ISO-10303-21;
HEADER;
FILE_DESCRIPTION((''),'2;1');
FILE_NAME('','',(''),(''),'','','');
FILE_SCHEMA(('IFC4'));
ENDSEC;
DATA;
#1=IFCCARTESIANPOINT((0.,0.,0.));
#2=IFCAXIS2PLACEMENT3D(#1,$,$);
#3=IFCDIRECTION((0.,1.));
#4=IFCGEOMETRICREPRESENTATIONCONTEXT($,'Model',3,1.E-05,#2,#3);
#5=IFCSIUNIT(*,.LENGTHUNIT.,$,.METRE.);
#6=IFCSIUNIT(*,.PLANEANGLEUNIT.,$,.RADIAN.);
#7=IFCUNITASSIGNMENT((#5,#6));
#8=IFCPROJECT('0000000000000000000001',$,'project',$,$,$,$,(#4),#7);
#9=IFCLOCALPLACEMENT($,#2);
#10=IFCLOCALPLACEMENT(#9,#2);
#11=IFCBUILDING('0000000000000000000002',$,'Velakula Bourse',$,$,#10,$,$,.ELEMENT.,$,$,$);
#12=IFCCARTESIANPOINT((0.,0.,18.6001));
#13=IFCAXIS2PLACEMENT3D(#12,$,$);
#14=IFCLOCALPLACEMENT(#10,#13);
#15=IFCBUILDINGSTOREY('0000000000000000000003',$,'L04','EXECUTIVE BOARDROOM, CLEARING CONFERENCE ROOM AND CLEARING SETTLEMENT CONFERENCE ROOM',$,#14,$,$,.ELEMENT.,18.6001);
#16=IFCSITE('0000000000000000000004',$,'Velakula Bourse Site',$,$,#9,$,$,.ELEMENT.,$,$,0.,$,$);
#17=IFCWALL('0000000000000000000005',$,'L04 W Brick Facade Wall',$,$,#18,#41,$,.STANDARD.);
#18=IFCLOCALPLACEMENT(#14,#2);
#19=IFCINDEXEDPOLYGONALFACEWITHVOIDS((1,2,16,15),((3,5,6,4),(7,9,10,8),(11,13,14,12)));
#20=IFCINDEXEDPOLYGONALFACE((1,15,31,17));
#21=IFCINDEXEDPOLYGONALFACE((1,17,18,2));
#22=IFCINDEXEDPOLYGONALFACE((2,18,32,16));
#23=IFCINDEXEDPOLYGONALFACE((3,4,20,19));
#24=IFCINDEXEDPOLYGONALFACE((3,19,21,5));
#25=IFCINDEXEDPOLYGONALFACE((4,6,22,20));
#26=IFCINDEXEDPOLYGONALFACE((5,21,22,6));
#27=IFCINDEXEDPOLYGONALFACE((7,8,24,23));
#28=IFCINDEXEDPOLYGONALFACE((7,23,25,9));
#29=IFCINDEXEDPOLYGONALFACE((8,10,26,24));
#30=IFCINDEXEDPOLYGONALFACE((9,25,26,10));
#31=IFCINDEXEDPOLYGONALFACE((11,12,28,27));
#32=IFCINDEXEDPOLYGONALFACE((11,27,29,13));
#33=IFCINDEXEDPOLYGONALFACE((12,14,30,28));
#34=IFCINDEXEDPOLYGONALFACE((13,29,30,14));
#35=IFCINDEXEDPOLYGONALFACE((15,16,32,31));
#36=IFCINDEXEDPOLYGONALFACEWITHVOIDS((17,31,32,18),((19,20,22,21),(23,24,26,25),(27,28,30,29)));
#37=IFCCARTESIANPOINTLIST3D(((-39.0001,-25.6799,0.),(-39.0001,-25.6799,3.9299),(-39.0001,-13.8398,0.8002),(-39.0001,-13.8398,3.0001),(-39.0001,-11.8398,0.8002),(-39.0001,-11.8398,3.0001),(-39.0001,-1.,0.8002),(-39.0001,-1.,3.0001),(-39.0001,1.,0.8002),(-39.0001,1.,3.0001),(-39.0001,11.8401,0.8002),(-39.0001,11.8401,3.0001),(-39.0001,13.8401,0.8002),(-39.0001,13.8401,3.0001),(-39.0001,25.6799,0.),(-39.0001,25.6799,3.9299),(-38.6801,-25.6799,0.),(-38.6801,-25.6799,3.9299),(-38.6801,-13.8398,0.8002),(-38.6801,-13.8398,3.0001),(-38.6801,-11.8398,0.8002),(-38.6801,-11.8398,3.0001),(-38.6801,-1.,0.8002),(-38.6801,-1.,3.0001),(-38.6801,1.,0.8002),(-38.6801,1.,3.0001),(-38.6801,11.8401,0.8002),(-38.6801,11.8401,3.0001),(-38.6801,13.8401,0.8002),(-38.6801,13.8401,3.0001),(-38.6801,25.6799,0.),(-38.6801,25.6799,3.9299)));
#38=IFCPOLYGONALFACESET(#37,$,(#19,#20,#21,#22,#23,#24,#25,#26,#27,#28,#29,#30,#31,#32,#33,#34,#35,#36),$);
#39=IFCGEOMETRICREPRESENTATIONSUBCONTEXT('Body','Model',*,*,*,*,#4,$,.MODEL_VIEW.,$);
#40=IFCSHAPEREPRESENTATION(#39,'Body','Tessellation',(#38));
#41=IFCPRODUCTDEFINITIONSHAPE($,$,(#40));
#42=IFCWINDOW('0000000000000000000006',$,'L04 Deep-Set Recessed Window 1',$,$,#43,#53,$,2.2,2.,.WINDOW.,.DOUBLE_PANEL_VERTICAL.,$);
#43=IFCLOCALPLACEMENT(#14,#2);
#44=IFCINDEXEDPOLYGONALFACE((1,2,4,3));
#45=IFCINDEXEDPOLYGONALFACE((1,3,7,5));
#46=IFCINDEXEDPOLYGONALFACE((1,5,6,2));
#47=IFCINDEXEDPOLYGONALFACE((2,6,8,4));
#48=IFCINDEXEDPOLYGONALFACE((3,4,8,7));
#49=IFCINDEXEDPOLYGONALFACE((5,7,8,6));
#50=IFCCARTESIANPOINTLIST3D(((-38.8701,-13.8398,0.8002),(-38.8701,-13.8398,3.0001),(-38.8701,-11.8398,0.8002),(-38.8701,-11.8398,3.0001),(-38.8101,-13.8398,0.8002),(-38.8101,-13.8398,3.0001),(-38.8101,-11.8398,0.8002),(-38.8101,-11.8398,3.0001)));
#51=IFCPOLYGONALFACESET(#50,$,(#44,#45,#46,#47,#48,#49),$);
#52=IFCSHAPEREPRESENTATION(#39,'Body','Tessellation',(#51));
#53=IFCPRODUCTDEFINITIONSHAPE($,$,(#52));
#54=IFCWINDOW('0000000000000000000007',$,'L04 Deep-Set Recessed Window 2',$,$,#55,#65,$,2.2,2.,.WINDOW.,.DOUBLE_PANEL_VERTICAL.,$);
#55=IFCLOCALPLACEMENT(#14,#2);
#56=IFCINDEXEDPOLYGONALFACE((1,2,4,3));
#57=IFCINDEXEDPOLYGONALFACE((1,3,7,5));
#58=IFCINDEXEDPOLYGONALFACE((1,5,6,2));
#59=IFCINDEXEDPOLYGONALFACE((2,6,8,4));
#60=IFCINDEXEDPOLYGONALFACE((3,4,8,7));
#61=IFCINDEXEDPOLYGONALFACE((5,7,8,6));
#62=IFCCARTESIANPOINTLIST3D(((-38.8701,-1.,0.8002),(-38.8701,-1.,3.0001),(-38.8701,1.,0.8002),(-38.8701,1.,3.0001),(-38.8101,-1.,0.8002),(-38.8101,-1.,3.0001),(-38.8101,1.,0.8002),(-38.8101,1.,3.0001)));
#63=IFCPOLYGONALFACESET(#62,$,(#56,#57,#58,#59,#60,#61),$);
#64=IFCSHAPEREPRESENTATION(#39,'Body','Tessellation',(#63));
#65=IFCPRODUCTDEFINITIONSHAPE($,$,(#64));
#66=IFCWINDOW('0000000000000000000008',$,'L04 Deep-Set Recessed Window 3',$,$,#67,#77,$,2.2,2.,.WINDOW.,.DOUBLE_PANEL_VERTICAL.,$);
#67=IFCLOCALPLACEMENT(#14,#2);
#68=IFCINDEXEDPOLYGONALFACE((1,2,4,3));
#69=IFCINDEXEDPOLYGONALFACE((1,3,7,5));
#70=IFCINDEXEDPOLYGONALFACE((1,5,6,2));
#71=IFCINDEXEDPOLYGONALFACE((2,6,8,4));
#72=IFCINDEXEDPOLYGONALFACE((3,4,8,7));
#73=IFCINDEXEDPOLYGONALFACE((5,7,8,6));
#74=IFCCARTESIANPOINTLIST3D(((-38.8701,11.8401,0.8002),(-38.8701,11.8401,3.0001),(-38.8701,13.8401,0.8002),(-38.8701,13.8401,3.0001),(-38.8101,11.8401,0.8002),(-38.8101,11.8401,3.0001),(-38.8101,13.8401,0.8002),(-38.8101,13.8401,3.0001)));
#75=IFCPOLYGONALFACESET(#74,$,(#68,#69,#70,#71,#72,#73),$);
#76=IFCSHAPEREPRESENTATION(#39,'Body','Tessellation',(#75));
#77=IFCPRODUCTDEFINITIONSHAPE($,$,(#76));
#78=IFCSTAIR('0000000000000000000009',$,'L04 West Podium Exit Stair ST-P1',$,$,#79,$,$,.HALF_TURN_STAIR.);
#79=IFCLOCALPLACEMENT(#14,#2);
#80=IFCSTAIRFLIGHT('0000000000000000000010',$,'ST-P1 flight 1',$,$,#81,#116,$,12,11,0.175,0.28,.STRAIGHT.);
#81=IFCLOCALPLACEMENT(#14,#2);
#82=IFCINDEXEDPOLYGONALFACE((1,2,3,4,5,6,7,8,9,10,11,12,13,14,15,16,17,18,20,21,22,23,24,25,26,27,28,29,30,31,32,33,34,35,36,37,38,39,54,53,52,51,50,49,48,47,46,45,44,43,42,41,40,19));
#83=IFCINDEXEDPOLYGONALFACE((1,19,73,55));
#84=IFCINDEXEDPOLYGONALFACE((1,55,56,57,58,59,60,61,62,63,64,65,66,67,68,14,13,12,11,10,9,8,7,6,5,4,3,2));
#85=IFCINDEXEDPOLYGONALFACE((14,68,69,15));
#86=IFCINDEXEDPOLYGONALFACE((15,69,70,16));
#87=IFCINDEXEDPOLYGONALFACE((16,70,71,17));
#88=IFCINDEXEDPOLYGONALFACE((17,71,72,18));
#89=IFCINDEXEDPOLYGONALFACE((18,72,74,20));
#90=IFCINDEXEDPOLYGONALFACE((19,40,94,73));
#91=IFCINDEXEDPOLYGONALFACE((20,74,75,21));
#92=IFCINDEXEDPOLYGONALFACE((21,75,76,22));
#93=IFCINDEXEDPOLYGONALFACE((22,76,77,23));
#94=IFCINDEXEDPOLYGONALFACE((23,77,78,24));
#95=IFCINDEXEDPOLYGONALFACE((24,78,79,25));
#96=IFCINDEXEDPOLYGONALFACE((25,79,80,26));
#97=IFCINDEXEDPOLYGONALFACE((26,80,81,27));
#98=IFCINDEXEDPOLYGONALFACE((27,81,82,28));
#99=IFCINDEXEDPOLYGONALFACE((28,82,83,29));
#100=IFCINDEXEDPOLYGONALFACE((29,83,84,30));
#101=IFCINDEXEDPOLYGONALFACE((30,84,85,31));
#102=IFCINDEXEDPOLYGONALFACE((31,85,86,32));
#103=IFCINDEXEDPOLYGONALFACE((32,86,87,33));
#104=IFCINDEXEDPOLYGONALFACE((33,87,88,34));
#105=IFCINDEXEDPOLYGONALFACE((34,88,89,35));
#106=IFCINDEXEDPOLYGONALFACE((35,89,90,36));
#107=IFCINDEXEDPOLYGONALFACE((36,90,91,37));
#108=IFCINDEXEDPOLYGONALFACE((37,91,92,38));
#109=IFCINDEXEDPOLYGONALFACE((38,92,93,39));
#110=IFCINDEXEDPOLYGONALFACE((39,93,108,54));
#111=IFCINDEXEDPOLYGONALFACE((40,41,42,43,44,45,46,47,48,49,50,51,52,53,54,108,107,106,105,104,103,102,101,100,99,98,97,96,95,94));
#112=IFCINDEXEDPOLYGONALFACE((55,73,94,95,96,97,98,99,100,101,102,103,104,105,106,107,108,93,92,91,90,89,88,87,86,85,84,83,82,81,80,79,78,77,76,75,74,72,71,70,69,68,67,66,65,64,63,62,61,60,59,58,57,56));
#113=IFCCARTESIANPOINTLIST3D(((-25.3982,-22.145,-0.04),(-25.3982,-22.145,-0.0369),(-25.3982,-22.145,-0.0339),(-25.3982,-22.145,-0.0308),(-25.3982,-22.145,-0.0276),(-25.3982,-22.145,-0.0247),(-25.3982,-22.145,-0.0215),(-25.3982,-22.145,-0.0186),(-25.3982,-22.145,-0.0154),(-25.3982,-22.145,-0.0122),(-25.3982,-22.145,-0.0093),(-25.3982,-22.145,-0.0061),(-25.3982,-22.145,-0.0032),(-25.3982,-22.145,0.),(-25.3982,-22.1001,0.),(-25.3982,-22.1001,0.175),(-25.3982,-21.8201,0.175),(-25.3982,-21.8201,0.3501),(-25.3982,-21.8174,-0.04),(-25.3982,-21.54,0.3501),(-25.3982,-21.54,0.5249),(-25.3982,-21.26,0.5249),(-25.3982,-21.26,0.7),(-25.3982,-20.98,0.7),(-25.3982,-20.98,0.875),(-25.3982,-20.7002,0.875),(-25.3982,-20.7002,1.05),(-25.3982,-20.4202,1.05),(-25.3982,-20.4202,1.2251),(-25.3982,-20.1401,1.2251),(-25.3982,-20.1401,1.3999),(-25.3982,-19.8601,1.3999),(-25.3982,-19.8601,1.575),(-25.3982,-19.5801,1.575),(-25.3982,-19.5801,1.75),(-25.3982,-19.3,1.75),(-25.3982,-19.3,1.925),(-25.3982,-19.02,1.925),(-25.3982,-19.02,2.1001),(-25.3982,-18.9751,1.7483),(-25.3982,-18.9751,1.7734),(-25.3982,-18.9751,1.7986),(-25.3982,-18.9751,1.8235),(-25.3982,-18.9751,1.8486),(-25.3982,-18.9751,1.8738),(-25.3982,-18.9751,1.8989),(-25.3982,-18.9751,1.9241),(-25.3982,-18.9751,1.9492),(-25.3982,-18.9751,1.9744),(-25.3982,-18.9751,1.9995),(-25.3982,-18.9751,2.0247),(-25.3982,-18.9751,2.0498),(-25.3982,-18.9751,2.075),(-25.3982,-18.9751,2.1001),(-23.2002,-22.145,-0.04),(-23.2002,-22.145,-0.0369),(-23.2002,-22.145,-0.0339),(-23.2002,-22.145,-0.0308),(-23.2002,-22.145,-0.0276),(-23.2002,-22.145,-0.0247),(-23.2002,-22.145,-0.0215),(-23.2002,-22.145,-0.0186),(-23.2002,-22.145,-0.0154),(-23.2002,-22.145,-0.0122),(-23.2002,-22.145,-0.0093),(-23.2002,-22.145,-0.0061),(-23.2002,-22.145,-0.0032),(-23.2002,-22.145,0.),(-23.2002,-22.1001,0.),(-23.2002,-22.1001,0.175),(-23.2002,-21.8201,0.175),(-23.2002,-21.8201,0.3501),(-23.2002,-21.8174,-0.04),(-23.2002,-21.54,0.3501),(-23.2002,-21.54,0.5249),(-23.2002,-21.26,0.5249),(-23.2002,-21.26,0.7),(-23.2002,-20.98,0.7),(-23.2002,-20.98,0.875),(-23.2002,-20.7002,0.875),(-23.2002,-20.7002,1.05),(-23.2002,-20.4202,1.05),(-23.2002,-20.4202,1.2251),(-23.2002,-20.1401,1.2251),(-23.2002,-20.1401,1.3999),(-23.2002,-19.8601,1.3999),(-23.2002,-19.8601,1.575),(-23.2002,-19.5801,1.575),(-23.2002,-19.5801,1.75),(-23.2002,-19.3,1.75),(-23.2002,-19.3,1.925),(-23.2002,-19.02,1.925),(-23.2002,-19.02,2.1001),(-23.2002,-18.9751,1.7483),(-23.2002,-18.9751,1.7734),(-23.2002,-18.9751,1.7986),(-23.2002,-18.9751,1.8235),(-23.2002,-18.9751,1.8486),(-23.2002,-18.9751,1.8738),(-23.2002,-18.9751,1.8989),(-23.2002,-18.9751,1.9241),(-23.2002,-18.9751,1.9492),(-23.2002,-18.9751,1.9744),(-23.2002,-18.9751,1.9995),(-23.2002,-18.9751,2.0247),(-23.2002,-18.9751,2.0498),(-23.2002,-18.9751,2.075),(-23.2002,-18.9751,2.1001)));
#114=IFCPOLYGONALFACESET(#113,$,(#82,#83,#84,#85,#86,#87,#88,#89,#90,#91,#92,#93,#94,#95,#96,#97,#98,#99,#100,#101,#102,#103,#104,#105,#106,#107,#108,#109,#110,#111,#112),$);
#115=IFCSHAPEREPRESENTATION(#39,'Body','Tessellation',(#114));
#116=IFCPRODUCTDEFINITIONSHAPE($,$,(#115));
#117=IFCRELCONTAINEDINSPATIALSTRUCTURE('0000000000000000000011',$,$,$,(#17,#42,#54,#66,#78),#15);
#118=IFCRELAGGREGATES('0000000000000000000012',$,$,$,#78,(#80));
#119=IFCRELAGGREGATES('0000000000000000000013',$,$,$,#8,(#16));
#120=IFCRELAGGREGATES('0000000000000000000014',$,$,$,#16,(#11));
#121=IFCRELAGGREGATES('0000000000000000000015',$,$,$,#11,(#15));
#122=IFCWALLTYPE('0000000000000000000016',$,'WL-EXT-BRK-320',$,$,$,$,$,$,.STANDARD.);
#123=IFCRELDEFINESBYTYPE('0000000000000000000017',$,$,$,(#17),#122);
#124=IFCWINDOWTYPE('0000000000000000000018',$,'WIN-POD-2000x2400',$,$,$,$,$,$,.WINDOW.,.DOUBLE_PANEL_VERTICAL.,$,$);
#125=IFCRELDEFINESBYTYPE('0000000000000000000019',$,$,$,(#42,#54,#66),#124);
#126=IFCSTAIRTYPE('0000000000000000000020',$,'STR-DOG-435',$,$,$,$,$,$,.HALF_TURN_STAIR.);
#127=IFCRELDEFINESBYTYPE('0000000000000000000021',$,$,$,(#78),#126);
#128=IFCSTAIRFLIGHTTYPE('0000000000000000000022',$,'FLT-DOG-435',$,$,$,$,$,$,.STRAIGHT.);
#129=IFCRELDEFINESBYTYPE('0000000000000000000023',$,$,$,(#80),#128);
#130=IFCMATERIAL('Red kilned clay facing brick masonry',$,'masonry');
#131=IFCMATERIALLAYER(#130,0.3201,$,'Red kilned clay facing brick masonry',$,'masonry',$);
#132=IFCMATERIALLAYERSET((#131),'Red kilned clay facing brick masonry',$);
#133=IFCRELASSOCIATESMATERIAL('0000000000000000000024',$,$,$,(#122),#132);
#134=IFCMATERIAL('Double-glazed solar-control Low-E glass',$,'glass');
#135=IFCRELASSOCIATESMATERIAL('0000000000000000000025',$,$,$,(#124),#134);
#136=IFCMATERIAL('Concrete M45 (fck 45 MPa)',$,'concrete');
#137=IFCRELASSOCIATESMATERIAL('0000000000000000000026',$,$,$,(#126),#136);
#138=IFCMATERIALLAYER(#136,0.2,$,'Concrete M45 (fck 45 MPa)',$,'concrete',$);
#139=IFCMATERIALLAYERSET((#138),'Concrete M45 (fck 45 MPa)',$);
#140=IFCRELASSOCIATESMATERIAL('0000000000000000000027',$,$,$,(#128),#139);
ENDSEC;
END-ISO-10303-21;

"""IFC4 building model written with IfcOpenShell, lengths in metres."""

from ifc_helpers import new_model, si_unit, direction, frame, frame_2d, origin, place, context, subcontext, project, spatial, polyline, rectangle, outline, extrude, material, layer, layer_set, type_object, element, fill, aggregate, save


model = new_model("IFC4")

# Units and contexts
model_context = context("Model", 3, precision=1e-05, world=origin(), true_north=direction((0.0, 1.0)))
body_context = subcontext(model_context, "Body", "Model", "MODEL_VIEW")
ifc_project = project(units=[si_unit("LENGTHUNIT", "METRE"), si_unit("PLANEANGLEUNIT", "RADIAN")], contexts=[model_context])

# Site, building, storey
site_placement = place(None, origin())
site = spatial("IfcSite", under=ifc_project, at=site_placement, Name="Velakula Bourse Site", CompositionType="ELEMENT", RefElevation=0.0)
building_placement = place(site_placement, origin())
building = spatial("IfcBuilding", under=site, at=building_placement, Name="Velakula Bourse", CompositionType="ELEMENT")
storey_placement = place(building_placement, frame((0.0, 0.0, 18.6001)))
storey = spatial("IfcBuildingStorey", under=building, at=storey_placement, Name="L04", Description="EXECUTIVE BOARDROOM, CLEARING CONFERENCE ROOM AND CLEARING SETTLEMENT CONFERENCE ROOM", CompositionType="ELEMENT", Elevation=18.6001)

# Wall, openings, windows
ifc_material_1 = material(Name="Red kilned clay facing brick masonry", Category="masonry")
ifc_layer_1 = layer(ifc_material_1, 0.3201, Name="Red kilned clay facing brick masonry", Category="masonry")
ifc_layer_set_1 = layer_set([ifc_layer_1], Name="Red kilned clay facing brick masonry")
wall_type_1 = type_object("IfcWallType", Name="WL-EXT-BRK-320", PredefinedType="STANDARD", material=ifc_layer_set_1)
wall_1_placement = place(storey_placement, frame((-38.8401, -25.6799, 0.0), z_axis=(0.0, 0.0, 1.0), x_axis=(0.0, 1.0, 0.0)))
wall_1 = element("IfcWall", 1, at=wall_1_placement, inside=storey, type_object=wall_type_1, Name="L04 W Brick Facade Wall", PredefinedType="STANDARD", context=body_context, shape_type="SweptSolid", body=[
    extrude(rectangle(XDim=51.3599, YDim=0.3201, at=frame_2d((25.6799, 0.0))), origin(), (0.0, 0.0, 1.0), 3.9299),
])
opening_1_placement = place(wall_1_placement, frame((11.8401, 0.0, 0.8)))
opening_1 = element("IfcOpeningElement", 2, at=opening_1_placement, cuts=wall_1, PredefinedType="OPENING", context=body_context, shape_type="SweptSolid", body=[
    extrude(rectangle(XDim=2.0, YDim=2.2, at=frame_2d((1.0, 1.1001))), frame((0.0, 0.1699, 0.0), z_axis=(0.0, -1.0, 0.0), x_axis=(1.0, 0.0, 0.0)), (0.0, 0.0, 1.0), 0.3401),
])
opening_2_placement = place(wall_1_placement, frame((24.6799, 0.0, 0.8)))
opening_2 = element("IfcOpeningElement", 3, at=opening_2_placement, cuts=wall_1, PredefinedType="OPENING", context=body_context, shape_type="SweptSolid", body=[
    extrude(rectangle(XDim=2.0, YDim=2.2, at=frame_2d((1.0, 1.1001))), frame((0.0, 0.1699, 0.0), z_axis=(0.0, -1.0, 0.0), x_axis=(1.0, 0.0, 0.0)), (0.0, 0.0, 1.0), 0.3401),
])
opening_3_placement = place(wall_1_placement, frame((37.52, 0.0, 0.8)))
opening_3 = element("IfcOpeningElement", 4, at=opening_3_placement, cuts=wall_1, PredefinedType="OPENING", context=body_context, shape_type="SweptSolid", body=[
    extrude(rectangle(XDim=2.0, YDim=2.2, at=frame_2d((1.0, 1.1001))), frame((0.0, 0.1699, 0.0), z_axis=(0.0, -1.0, 0.0), x_axis=(1.0, 0.0, 0.0)), (0.0, 0.0, 1.0), 0.3401),
])
ifc_material_2 = material(Name="Double-glazed solar-control Low-E glass", Category="glass")
window_type = type_object("IfcWindowType", Name="WIN-POD-2000x2400", PartitioningType="DOUBLE_PANEL_VERTICAL", PredefinedType="WINDOW", material=ifc_material_2)
window_1_placement = place(opening_1_placement, origin())
window_1 = element("IfcWindow", 5, at=window_1_placement, inside=storey, type_object=window_type, Name="L04 Deep-Set Recessed Window 1", OverallHeight=2.2, OverallWidth=2.0, PartitioningType="DOUBLE_PANEL_VERTICAL", PredefinedType="WINDOW", context=body_context, shape_type="SweptSolid", body=[
    extrude(rectangle(XDim=2.0, YDim=2.2, at=frame_2d((1.0, 1.1001))), frame((0.0, 0.03, 0.0), z_axis=(0.0, -1.0, 0.0), x_axis=(1.0, 0.0, 0.0)), (0.0, 0.0, 1.0), 0.0601),
])
fill(opening_1, window_1)
window_2_placement = place(opening_2_placement, origin())
window_2 = element("IfcWindow", 6, at=window_2_placement, inside=storey, type_object=window_type, Name="L04 Deep-Set Recessed Window 2", OverallHeight=2.2, OverallWidth=2.0, PartitioningType="DOUBLE_PANEL_VERTICAL", PredefinedType="WINDOW", context=body_context, shape_type="SweptSolid", body=[
    extrude(rectangle(XDim=2.0, YDim=2.2, at=frame_2d((1.0, 1.1001))), frame((0.0, 0.03, 0.0), z_axis=(0.0, -1.0, 0.0), x_axis=(1.0, 0.0, 0.0)), (0.0, 0.0, 1.0), 0.0601),
])
fill(opening_2, window_2)
window_3_placement = place(opening_3_placement, origin())
window_3 = element("IfcWindow", 7, at=window_3_placement, inside=storey, type_object=window_type, Name="L04 Deep-Set Recessed Window 3", OverallHeight=2.2, OverallWidth=2.0, PartitioningType="DOUBLE_PANEL_VERTICAL", PredefinedType="WINDOW", context=body_context, shape_type="SweptSolid", body=[
    extrude(rectangle(XDim=2.0, YDim=2.2, at=frame_2d((1.0, 1.1001))), frame((0.0, 0.03, 0.0), z_axis=(0.0, -1.0, 0.0), x_axis=(1.0, 0.0, 0.0)), (0.0, 0.0, 1.0), 0.0601),
])
fill(opening_3, window_3)

# Stair, stair flight
ifc_material_3 = material(Name="Concrete M45 (fck 45 MPa)", Category="concrete")
stair_type = type_object("IfcStairType", Name="STR-DOG-435", PredefinedType="HALF_TURN_STAIR", material=ifc_material_3)
stair_placement = place(storey_placement, origin())
stair = element("IfcStair", 8, at=stair_placement, inside=storey, type_object=stair_type, Name="L04 West Podium Exit Stair ST-P1", PredefinedType="HALF_TURN_STAIR")
ifc_layer_2 = layer(ifc_material_3, 0.2, Name="Concrete M45 (fck 45 MPa)", Category="concrete")
ifc_layer_set_2 = layer_set([ifc_layer_2], Name="Concrete M45 (fck 45 MPa)")
stair_flight_type = type_object("IfcStairFlightType", Name="FLT-DOG-435", PredefinedType="STRAIGHT", material=ifc_layer_set_2)
stair_flight_placement = place(storey_placement, frame((-24.2991, -22.1001, 0.0), z_axis=(0.0, 0.0, 1.0), x_axis=(0.0, 1.0, 0.0)))
stair_flight = element("IfcStairFlight", 9, at=stair_flight_placement, type_object=stair_flight_type, Name="ST-P1 flight 1", NumberOfRisers=12, NumberOfTreads=11, PredefinedType="STRAIGHT", RiserHeight=0.175, TreadLength=0.28, context=body_context, shape_type="SweptSolid", body=[
    extrude(outline(polyline([(-0.0449, -0.04), (-0.0449, -0.0369), (-0.0449, -0.0339), (-0.0449, -0.0308), (-0.0449, -0.0276), (-0.0449, -0.0247), (-0.0449, -0.0215), (-0.0449, -0.0186), (-0.0449, -0.0154), (-0.0449, -0.0122), (-0.0449, -0.0093), (-0.0449, -0.0061), (-0.0449, -0.0032), (-0.0449, 0.0), (0.0, 0.0), (0.0, 0.175), (0.28, 0.175), (0.28, 0.3501), (0.5601, 0.3501), (0.5601, 0.5249), (0.8401, 0.5249), (0.8401, 0.7), (1.1201, 0.7), (1.1201, 0.875), (1.3999, 0.875), (1.3999, 1.05), (1.6799, 1.05), (1.6799, 1.2251), (1.96, 1.2251), (1.96, 1.3999), (2.24, 1.3999), (2.24, 1.575), (2.52, 1.575), (2.52, 1.75), (2.8, 1.75), (2.8, 1.925), (3.0801, 1.925), (3.0801, 2.1001), (3.125, 2.1001), (3.125, 2.075), (3.125, 2.0498), (3.125, 2.0247), (3.125, 1.9995), (3.125, 1.9744), (3.125, 1.9492), (3.125, 1.9241), (3.125, 1.8989), (3.125, 1.8738), (3.125, 1.8486), (3.125, 1.8235), (3.125, 1.7986), (3.125, 1.7734), (3.125, 1.7483), (0.2827, -0.04), (-0.0449, -0.04)])), frame((0.0, 1.0991, 0.0), z_axis=(0.0, -1.0, 0.0), x_axis=(1.0, 0.0, 0.0)), (0.0, 0.0, 1.0), 2.198),
])
aggregate(stair, [stair_flight])

save(model, "model.ifc")
